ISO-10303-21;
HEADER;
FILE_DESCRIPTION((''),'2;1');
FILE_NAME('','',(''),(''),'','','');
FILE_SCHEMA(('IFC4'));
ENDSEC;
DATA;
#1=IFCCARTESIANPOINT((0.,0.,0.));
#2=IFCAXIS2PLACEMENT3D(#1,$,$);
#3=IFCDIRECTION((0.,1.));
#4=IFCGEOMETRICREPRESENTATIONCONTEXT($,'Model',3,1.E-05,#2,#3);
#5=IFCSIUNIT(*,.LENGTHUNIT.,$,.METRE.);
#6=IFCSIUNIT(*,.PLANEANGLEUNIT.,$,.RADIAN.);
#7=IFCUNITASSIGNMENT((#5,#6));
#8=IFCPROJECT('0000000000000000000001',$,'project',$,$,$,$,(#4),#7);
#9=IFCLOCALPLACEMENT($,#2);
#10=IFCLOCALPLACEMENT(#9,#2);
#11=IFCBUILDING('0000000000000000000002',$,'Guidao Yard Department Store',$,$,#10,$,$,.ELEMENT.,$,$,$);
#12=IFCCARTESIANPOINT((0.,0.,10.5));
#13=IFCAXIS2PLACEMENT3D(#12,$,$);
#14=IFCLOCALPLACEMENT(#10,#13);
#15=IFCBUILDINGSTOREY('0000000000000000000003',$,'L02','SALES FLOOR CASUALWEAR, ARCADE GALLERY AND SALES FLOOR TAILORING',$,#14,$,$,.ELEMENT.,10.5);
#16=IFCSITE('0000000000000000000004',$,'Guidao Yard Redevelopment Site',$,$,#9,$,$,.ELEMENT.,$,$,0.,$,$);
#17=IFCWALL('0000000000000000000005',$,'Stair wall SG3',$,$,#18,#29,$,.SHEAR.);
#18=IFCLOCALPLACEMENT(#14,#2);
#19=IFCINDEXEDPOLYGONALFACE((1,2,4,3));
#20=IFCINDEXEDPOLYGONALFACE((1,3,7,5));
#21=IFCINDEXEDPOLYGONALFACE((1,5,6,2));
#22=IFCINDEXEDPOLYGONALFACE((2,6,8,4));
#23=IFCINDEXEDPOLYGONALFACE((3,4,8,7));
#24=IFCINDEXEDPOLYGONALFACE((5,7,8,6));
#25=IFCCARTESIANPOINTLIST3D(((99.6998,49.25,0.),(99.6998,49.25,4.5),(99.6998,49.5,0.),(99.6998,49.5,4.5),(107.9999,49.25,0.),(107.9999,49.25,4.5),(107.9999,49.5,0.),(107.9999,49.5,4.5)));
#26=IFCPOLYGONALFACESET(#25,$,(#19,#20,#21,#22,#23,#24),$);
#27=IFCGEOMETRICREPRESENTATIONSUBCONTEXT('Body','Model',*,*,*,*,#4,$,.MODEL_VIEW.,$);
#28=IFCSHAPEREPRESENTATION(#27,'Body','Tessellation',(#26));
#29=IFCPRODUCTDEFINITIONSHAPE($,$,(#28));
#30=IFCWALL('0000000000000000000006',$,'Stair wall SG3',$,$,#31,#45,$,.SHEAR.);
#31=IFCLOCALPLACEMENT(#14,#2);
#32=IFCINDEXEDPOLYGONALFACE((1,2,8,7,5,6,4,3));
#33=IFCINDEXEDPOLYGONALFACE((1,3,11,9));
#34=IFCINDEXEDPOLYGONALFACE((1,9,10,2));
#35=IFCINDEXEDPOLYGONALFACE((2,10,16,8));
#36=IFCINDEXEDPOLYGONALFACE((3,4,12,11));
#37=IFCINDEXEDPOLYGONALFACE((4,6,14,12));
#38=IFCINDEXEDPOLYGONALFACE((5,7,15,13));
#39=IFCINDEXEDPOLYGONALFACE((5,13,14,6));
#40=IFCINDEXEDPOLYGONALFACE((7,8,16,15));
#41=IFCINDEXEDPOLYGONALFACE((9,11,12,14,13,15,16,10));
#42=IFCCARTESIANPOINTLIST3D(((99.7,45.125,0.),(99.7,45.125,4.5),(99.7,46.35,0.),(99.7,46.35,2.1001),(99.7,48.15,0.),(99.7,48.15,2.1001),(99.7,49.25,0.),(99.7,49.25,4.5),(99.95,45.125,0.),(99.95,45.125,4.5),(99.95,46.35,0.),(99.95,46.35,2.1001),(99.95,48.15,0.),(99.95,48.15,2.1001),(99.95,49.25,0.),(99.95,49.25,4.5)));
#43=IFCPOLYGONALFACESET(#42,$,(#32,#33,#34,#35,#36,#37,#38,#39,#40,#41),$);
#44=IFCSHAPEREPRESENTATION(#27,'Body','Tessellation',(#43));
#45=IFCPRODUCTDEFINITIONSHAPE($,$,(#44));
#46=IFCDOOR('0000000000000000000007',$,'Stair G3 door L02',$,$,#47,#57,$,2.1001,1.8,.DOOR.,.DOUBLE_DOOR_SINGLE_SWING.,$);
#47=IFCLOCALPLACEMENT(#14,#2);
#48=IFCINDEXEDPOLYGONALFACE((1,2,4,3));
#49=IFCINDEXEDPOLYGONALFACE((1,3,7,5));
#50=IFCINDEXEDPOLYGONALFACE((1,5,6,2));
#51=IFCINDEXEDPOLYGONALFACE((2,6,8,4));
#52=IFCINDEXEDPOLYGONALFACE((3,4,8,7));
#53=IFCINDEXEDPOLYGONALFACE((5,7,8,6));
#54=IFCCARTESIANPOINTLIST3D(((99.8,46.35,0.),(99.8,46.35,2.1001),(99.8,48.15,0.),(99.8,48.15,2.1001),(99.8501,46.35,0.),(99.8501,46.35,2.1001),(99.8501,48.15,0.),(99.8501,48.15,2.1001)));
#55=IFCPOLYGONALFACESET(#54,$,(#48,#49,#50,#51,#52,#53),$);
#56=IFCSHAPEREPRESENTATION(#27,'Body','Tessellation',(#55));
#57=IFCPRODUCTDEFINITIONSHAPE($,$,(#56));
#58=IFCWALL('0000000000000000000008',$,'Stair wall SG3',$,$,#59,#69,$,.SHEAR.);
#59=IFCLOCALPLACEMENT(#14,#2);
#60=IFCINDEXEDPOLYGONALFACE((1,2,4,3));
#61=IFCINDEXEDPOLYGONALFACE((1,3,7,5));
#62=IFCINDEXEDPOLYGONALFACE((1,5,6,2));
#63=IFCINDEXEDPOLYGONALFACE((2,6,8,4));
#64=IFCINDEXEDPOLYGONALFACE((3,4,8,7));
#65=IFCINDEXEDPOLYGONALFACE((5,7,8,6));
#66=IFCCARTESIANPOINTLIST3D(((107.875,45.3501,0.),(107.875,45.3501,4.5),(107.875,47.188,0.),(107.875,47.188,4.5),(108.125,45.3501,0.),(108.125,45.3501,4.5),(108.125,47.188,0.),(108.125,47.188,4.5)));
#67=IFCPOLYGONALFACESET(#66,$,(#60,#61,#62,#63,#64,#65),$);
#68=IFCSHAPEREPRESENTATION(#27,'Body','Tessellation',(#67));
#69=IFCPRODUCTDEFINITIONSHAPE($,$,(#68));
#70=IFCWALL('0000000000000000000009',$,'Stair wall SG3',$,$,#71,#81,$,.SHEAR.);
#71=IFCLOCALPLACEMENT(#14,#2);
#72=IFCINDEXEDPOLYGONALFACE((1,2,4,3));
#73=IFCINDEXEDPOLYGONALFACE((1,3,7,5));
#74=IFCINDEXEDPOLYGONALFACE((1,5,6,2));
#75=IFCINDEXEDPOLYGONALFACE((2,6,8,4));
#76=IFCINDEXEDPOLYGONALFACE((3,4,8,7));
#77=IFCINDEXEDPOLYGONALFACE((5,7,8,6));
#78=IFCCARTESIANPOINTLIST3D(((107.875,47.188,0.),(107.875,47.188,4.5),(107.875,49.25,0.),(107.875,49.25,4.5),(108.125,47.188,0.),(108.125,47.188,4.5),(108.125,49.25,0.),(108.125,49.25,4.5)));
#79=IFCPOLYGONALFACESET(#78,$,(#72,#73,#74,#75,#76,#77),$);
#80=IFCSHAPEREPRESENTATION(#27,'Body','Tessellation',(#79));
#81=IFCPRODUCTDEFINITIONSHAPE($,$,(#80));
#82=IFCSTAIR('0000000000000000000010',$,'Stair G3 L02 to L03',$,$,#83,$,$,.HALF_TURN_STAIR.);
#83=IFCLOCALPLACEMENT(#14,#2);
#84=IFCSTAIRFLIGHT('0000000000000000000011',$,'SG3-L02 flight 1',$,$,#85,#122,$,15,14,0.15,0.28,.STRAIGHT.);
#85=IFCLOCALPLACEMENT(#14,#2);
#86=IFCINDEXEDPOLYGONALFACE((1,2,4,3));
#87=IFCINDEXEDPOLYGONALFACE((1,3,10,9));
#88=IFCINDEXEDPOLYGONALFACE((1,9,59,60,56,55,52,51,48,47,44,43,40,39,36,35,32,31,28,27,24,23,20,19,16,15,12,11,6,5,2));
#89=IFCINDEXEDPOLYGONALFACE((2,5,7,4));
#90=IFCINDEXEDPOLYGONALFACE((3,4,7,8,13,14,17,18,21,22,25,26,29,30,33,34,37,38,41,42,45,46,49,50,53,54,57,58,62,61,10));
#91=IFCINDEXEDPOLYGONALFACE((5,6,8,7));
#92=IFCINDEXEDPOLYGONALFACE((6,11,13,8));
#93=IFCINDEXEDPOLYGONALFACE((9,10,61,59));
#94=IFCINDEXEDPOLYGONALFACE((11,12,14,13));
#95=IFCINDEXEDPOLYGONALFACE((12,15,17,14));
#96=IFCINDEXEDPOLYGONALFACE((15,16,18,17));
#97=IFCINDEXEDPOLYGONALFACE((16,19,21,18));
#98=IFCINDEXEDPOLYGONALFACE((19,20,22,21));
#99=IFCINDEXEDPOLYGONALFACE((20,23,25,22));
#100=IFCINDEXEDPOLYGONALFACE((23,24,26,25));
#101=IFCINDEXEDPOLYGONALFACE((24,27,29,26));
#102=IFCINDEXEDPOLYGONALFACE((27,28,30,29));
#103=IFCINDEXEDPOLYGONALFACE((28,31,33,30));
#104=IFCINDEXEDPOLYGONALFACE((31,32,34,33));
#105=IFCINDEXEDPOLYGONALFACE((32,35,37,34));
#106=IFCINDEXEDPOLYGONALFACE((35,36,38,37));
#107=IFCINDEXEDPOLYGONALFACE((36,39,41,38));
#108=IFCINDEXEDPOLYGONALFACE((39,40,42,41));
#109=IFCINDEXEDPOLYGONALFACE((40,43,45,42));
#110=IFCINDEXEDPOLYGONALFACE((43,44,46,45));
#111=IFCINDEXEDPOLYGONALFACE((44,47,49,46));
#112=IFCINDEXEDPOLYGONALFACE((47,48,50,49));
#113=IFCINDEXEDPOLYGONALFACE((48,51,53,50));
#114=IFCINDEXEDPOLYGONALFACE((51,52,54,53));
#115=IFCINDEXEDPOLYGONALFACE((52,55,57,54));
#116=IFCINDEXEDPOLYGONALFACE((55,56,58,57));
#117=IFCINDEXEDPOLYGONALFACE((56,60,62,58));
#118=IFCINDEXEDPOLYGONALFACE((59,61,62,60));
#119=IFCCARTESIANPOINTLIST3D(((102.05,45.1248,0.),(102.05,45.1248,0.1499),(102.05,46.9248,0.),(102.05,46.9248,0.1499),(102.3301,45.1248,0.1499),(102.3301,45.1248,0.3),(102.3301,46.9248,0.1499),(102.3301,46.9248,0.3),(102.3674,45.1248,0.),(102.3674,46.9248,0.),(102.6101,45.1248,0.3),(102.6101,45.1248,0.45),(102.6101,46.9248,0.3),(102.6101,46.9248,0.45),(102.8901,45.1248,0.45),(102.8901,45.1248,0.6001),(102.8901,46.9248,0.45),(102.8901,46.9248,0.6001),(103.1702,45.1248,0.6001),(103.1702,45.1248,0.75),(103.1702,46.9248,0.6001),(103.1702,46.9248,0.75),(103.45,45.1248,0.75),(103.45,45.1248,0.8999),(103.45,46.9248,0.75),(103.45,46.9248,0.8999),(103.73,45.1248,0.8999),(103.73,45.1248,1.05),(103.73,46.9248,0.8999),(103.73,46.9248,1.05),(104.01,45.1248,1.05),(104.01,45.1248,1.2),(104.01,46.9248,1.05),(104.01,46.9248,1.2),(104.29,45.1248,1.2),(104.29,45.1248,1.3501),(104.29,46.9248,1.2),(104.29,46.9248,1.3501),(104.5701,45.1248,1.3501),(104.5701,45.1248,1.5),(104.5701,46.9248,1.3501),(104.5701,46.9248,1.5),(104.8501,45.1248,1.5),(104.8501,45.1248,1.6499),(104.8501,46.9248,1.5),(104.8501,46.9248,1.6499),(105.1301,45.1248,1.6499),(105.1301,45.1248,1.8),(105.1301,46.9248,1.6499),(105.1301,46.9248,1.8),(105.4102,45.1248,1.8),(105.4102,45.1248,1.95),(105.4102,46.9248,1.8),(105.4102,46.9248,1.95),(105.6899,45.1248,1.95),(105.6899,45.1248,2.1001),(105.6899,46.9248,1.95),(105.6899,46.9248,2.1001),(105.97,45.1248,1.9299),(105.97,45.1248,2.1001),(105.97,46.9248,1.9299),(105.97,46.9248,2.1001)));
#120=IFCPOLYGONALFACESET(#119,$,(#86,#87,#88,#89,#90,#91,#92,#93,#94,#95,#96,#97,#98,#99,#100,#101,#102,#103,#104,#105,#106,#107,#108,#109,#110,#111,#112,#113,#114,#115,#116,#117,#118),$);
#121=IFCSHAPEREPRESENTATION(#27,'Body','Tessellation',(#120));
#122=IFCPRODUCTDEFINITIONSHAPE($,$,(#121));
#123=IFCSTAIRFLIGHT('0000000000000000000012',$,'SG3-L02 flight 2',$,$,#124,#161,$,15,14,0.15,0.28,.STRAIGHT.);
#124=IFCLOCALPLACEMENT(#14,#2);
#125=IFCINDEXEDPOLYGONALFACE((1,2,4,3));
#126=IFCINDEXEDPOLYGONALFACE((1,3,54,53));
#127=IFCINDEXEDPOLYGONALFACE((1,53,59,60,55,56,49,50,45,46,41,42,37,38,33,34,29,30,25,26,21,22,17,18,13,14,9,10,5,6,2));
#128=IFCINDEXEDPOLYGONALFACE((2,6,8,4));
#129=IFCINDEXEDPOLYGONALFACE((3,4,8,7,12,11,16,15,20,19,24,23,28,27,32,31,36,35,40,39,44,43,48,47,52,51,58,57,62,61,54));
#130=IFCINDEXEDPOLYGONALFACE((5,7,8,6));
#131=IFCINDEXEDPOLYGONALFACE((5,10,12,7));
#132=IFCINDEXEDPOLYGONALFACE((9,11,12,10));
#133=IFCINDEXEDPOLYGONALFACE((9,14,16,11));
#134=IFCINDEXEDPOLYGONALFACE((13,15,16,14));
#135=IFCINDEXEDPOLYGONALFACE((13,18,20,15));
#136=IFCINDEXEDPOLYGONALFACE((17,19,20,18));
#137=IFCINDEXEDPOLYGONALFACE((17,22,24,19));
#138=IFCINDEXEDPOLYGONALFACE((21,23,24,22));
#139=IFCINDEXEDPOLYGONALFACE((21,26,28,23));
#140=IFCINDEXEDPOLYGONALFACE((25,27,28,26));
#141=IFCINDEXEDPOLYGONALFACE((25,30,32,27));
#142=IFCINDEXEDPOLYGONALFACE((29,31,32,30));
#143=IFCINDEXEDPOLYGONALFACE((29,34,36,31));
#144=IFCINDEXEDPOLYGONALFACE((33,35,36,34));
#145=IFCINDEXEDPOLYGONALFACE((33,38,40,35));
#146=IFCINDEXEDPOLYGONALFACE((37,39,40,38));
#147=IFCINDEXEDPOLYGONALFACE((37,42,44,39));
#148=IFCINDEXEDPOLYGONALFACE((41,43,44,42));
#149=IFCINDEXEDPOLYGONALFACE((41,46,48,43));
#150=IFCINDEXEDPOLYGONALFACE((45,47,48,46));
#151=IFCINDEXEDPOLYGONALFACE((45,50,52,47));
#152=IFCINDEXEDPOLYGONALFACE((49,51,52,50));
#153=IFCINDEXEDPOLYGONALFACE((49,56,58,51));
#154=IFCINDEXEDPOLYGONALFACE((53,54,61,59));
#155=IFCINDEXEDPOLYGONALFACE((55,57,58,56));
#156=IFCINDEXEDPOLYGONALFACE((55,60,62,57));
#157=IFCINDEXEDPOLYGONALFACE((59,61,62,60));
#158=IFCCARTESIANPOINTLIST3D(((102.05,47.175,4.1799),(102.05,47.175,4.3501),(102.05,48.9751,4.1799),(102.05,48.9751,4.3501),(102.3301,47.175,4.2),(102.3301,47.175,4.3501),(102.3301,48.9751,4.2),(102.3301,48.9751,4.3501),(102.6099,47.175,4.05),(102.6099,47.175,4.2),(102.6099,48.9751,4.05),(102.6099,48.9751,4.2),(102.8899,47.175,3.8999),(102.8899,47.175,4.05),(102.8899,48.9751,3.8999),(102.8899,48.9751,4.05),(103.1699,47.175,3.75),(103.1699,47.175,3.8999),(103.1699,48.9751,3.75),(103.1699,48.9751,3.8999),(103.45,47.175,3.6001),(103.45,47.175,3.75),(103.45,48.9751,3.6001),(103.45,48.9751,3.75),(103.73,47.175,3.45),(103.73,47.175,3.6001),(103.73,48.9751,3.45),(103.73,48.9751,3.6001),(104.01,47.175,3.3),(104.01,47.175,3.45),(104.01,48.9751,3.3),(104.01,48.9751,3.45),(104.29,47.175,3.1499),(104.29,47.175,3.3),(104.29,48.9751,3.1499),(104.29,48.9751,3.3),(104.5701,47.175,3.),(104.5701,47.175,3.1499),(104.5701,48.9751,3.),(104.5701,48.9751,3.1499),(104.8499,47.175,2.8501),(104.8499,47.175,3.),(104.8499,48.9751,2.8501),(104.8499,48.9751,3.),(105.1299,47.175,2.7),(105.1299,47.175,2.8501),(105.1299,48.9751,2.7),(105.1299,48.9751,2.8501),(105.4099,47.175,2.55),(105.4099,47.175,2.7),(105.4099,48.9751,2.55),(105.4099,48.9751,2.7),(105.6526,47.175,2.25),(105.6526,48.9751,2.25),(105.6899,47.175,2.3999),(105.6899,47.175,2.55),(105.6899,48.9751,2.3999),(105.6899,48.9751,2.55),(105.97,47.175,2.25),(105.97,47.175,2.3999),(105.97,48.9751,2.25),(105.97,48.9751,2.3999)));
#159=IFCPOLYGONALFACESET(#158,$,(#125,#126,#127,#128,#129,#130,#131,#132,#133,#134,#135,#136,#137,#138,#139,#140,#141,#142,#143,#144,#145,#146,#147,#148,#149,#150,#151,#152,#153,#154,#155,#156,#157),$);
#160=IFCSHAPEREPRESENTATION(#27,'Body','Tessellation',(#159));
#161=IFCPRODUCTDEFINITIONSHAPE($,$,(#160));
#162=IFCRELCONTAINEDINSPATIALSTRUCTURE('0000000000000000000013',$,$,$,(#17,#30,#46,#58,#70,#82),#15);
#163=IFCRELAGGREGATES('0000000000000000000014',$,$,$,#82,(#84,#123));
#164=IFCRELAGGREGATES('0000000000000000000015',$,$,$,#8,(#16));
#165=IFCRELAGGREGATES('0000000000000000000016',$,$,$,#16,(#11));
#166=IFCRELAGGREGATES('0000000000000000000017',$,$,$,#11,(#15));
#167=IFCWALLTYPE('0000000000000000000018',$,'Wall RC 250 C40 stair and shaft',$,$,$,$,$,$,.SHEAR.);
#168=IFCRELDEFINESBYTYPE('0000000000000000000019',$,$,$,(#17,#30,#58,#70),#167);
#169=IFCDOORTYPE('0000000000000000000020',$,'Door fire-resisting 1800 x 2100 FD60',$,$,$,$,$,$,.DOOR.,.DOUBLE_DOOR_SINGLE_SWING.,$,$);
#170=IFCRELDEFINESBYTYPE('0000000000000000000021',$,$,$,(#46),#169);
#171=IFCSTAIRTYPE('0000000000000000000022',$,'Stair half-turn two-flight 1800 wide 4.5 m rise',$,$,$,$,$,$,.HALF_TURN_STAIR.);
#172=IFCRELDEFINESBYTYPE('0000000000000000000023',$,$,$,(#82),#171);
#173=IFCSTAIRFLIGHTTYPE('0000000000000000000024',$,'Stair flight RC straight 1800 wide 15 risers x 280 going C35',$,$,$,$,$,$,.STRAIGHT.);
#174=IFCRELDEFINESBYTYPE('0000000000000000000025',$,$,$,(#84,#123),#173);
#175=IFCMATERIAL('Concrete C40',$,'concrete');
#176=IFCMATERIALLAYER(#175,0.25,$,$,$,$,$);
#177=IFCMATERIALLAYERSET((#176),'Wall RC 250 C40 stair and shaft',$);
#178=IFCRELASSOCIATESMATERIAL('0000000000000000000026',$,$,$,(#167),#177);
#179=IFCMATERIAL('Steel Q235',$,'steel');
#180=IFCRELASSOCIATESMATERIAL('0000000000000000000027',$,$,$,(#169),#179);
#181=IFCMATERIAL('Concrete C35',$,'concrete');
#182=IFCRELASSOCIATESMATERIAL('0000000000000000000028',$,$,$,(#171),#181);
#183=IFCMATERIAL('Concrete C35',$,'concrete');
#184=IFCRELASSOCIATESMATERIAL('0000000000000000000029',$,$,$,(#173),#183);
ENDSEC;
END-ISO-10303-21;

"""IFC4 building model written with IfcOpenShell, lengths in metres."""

from ifc_helpers import new_model, si_unit, direction, frame, frame_2d, origin, place, context, subcontext, project, spatial, polyline, rectangle, outline, extrude, material, layer, layer_set, type_object, element, fill, aggregate, save


model = new_model("IFC4")

# Units and contexts
model_context = context("Model", 3, precision=1e-05, world=origin(), true_north=direction((0.0, 1.0)))
body_context = subcontext(model_context, "Body", "Model", "MODEL_VIEW")
ifc_project = project(units=[si_unit("LENGTHUNIT", "METRE"), si_unit("PLANEANGLEUNIT", "RADIAN")], contexts=[model_context])

# Site, building, storey
site_placement = place(None, origin())
site = spatial("IfcSite", under=ifc_project, at=site_placement, Name="Guidao Yard Redevelopment Site", CompositionType="ELEMENT", RefElevation=0.0)
building_placement = place(site_placement, origin())
building = spatial("IfcBuilding", under=site, at=building_placement, Name="Guidao Yard Department Store", CompositionType="ELEMENT")
storey_placement = place(building_placement, frame((0.0, 0.0, 10.5)))
storey = spatial("IfcBuildingStorey", under=building, at=storey_placement, Name="L02", Description="SALES FLOOR CASUALWEAR, ARCADE GALLERY AND SALES FLOOR TAILORING", CompositionType="ELEMENT", Elevation=10.5)

# Wall
ifc_material_1 = material(Name="Concrete C40", Category="concrete")
ifc_layer_1 = layer(ifc_material_1, 0.25)
ifc_layer_set_1 = layer_set([ifc_layer_1], Name="Wall RC 250 C40 stair and shaft")
wall_type_1 = type_object("IfcWallType", Name="Wall RC 250 C40 stair and shaft", PredefinedType="SHEAR", material=ifc_layer_set_1)
wall_1_placement = place(storey_placement, frame((99.7, 49.375, 0.0), z_axis=(0.0, 0.0, 1.0), x_axis=(1.0, 0.0, 0.0)))
element("IfcWall", 1, at=wall_1_placement, inside=storey, type_object=wall_type_1, Name="Stair wall SG3", PredefinedType="SHEAR", context=body_context, shape_type="SweptSolid", body=[
    extrude(rectangle(XDim=8.3, YDim=0.25, at=frame_2d((4.1499, 0.0))), origin(), (0.0, 0.0, 1.0), 4.5),
])

# Wall, opening, door
wall_2_placement = place(storey_placement, frame((99.825, 45.125, 0.0), z_axis=(0.0, 0.0, 1.0), x_axis=(0.0, 1.0, 0.0)))
wall_2 = element("IfcWall", 2, at=wall_2_placement, inside=storey, type_object=wall_type_1, Name="Stair wall SG3", PredefinedType="SHEAR", context=body_context, shape_type="SweptSolid", body=[
    extrude(rectangle(XDim=4.125, YDim=0.25, at=frame_2d((2.0625, 0.0))), origin(), (0.0, 0.0, 1.0), 4.5),
])
opening_1_placement = place(wall_2_placement, frame((1.2251, 0.0, 0.0)))
opening_1 = element("IfcOpeningElement", 3, at=opening_1_placement, cuts=wall_2, PredefinedType="OPENING", context=body_context, shape_type="SweptSolid", body=[
    extrude(rectangle(XDim=1.8, YDim=2.1001, at=frame_2d((0.8999, 1.05))), frame((0.0, 0.135, 0.0), z_axis=(0.0, -1.0, 0.0), x_axis=(1.0, 0.0, 0.0)), (0.0, 0.0, 1.0), 0.27),
])
ifc_material_2 = material(Name="Steel Q235", Category="steel")
door_type_1 = type_object("IfcDoorType", Name="Door fire-resisting 1800 x 2100 FD60", OperationType="DOUBLE_DOOR_SINGLE_SWING", PredefinedType="DOOR", material=ifc_material_2)
door_1_placement = place(opening_1_placement, origin())
door_1 = element("IfcDoor", 4, at=door_1_placement, inside=storey, type_object=door_type_1, Name="Stair G3 door L02", OperationType="DOUBLE_DOOR_SINGLE_SWING", OverallHeight=2.1001, OverallWidth=1.8, PredefinedType="DOOR", context=body_context, shape_type="SweptSolid", body=[
    extrude(rectangle(XDim=1.8, YDim=2.1001, at=frame_2d((0.8999, 1.05))), frame((0.0, 0.0249, 0.0), z_axis=(0.0, -1.0, 0.0), x_axis=(1.0, 0.0, 0.0)), (0.0, 0.0, 1.0), 0.05),
])
fill(opening_1, door_1)

# Walls
wall_3_placement = place(storey_placement, frame((108.0, 45.3501, 0.0), z_axis=(0.0, 0.0, 1.0), x_axis=(0.0, 1.0, 0.0)))
element("IfcWall", 5, at=wall_3_placement, inside=storey, type_object=wall_type_1, Name="Stair wall SG3", PredefinedType="SHEAR", context=body_context, shape_type="SweptSolid", body=[
    extrude(rectangle(XDim=1.8379, YDim=0.25, at=frame_2d((0.9189, 0.0))), origin(), (0.0, 0.0, 1.0), 4.5),
])
wall_4_placement = place(storey_placement, frame((108.0, 47.188, 0.0), z_axis=(0.0, 0.0, 1.0), x_axis=(0.0, 1.0, 0.0)))
element("IfcWall", 6, at=wall_4_placement, inside=storey, type_object=wall_type_1, Name="Stair wall SG3", PredefinedType="SHEAR", context=body_context, shape_type="SweptSolid", body=[
    extrude(rectangle(XDim=2.062, YDim=0.25, at=frame_2d((1.031, 0.0))), origin(), (0.0, 0.0, 1.0), 4.5),
])

# Stair, stair flights
ifc_material_3 = material(Name="Concrete C35", Category="concrete")
stair_type = type_object("IfcStairType", Name="Stair half-turn two-flight 1800 wide 4.5 m rise", PredefinedType="HALF_TURN_STAIR", material=ifc_material_3)
stair_placement = place(storey_placement, origin())
stair = element("IfcStair", 7, at=stair_placement, inside=storey, type_object=stair_type, Name="Stair G3 L02 to L03", PredefinedType="HALF_TURN_STAIR")
ifc_material_4 = material(Name="Concrete C35", Category="concrete")
stair_flight_type = type_object("IfcStairFlightType", Name="Stair flight RC straight 1800 wide 15 risers x 280 going C35", PredefinedType="STRAIGHT", material=ifc_material_4)
stair_flight_1_placement = place(storey_placement, frame((102.05, 46.0249, 0.0), z_axis=(0.0, 0.0, 1.0), x_axis=(1.0, 0.0, 0.0)))
stair_flight_1 = element("IfcStairFlight", 8, at=stair_flight_1_placement, type_object=stair_flight_type, Name="SG3-L02 flight 1", NumberOfRisers=15, NumberOfTreads=14, PredefinedType="STRAIGHT", RiserHeight=0.15, TreadLength=0.28, context=body_context, shape_type="SweptSolid", body=[
    extrude(outline(polyline([(0.0, 0.0), (0.0, 0.1499), (0.28, 0.1499), (0.28, 0.3), (0.5601, 0.3), (0.5601, 0.45), (0.8401, 0.45), (0.8401, 0.6001), (1.1201, 0.6001), (1.1201, 0.75), (1.3999, 0.75), (1.3999, 0.8999), (1.6799, 0.8999), (1.6799, 1.05), (1.96, 1.05), (1.96, 1.2), (2.24, 1.2), (2.24, 1.3501), (2.52, 1.3501), (2.52, 1.5), (2.8, 1.5), (2.8, 1.6499), (3.0801, 1.6499), (3.0801, 1.8), (3.3601, 1.8), (3.3601, 1.95), (3.6399, 1.95), (3.6399, 2.1001), (3.9199, 2.1001), (3.9199, 2.25), (3.9199, 1.9299), (0.3174, 0.0), (0.0, 0.0)])), frame((0.0, 0.8999, 0.0), z_axis=(0.0, -1.0, 0.0), x_axis=(1.0, 0.0, 0.0)), (0.0, 0.0, 1.0), 1.8),
])
stair_flight_2_placement = place(storey_placement, frame((105.97, 48.075, 2.25), z_axis=(0.0, 0.0, 1.0), x_axis=(-1.0, 0.0, 0.0)))
stair_flight_2 = element("IfcStairFlight", 9, at=stair_flight_2_placement, type_object=stair_flight_type, Name="SG3-L02 flight 2", NumberOfRisers=15, NumberOfTreads=14, PredefinedType="STRAIGHT", RiserHeight=0.15, TreadLength=0.28, context=body_context, shape_type="SweptSolid", body=[
    extrude(outline(polyline([(0.0, 0.0), (0.0, 0.1499), (0.28, 0.1499), (0.28, 0.3), (0.5601, 0.3), (0.5601, 0.45), (0.8401, 0.45), (0.8401, 0.6001), (1.1201, 0.6001), (1.1201, 0.75), (1.3999, 0.75), (1.3999, 0.8999), (1.6799, 0.8999), (1.6799, 1.05), (1.96, 1.05), (1.96, 1.2), (2.24, 1.2), (2.24, 1.3501), (2.52, 1.3501), (2.52, 1.5), (2.8, 1.5), (2.8, 1.6499), (3.0801, 1.6499), (3.0801, 1.8), (3.3601, 1.8), (3.3601, 1.95), (3.6399, 1.95), (3.6399, 2.1001), (3.9199, 2.1001), (3.9199, 2.25), (3.9199, 1.9299), (0.3174, 0.0), (0.0, 0.0)])), frame((0.0, 0.8999, 0.0), z_axis=(0.0, -1.0, 0.0), x_axis=(1.0, 0.0, 0.0)), (0.0, 0.0, 1.0), 1.8),
])
aggregate(stair, [stair_flight_1, stair_flight_2])

save(model, "model.ifc")
